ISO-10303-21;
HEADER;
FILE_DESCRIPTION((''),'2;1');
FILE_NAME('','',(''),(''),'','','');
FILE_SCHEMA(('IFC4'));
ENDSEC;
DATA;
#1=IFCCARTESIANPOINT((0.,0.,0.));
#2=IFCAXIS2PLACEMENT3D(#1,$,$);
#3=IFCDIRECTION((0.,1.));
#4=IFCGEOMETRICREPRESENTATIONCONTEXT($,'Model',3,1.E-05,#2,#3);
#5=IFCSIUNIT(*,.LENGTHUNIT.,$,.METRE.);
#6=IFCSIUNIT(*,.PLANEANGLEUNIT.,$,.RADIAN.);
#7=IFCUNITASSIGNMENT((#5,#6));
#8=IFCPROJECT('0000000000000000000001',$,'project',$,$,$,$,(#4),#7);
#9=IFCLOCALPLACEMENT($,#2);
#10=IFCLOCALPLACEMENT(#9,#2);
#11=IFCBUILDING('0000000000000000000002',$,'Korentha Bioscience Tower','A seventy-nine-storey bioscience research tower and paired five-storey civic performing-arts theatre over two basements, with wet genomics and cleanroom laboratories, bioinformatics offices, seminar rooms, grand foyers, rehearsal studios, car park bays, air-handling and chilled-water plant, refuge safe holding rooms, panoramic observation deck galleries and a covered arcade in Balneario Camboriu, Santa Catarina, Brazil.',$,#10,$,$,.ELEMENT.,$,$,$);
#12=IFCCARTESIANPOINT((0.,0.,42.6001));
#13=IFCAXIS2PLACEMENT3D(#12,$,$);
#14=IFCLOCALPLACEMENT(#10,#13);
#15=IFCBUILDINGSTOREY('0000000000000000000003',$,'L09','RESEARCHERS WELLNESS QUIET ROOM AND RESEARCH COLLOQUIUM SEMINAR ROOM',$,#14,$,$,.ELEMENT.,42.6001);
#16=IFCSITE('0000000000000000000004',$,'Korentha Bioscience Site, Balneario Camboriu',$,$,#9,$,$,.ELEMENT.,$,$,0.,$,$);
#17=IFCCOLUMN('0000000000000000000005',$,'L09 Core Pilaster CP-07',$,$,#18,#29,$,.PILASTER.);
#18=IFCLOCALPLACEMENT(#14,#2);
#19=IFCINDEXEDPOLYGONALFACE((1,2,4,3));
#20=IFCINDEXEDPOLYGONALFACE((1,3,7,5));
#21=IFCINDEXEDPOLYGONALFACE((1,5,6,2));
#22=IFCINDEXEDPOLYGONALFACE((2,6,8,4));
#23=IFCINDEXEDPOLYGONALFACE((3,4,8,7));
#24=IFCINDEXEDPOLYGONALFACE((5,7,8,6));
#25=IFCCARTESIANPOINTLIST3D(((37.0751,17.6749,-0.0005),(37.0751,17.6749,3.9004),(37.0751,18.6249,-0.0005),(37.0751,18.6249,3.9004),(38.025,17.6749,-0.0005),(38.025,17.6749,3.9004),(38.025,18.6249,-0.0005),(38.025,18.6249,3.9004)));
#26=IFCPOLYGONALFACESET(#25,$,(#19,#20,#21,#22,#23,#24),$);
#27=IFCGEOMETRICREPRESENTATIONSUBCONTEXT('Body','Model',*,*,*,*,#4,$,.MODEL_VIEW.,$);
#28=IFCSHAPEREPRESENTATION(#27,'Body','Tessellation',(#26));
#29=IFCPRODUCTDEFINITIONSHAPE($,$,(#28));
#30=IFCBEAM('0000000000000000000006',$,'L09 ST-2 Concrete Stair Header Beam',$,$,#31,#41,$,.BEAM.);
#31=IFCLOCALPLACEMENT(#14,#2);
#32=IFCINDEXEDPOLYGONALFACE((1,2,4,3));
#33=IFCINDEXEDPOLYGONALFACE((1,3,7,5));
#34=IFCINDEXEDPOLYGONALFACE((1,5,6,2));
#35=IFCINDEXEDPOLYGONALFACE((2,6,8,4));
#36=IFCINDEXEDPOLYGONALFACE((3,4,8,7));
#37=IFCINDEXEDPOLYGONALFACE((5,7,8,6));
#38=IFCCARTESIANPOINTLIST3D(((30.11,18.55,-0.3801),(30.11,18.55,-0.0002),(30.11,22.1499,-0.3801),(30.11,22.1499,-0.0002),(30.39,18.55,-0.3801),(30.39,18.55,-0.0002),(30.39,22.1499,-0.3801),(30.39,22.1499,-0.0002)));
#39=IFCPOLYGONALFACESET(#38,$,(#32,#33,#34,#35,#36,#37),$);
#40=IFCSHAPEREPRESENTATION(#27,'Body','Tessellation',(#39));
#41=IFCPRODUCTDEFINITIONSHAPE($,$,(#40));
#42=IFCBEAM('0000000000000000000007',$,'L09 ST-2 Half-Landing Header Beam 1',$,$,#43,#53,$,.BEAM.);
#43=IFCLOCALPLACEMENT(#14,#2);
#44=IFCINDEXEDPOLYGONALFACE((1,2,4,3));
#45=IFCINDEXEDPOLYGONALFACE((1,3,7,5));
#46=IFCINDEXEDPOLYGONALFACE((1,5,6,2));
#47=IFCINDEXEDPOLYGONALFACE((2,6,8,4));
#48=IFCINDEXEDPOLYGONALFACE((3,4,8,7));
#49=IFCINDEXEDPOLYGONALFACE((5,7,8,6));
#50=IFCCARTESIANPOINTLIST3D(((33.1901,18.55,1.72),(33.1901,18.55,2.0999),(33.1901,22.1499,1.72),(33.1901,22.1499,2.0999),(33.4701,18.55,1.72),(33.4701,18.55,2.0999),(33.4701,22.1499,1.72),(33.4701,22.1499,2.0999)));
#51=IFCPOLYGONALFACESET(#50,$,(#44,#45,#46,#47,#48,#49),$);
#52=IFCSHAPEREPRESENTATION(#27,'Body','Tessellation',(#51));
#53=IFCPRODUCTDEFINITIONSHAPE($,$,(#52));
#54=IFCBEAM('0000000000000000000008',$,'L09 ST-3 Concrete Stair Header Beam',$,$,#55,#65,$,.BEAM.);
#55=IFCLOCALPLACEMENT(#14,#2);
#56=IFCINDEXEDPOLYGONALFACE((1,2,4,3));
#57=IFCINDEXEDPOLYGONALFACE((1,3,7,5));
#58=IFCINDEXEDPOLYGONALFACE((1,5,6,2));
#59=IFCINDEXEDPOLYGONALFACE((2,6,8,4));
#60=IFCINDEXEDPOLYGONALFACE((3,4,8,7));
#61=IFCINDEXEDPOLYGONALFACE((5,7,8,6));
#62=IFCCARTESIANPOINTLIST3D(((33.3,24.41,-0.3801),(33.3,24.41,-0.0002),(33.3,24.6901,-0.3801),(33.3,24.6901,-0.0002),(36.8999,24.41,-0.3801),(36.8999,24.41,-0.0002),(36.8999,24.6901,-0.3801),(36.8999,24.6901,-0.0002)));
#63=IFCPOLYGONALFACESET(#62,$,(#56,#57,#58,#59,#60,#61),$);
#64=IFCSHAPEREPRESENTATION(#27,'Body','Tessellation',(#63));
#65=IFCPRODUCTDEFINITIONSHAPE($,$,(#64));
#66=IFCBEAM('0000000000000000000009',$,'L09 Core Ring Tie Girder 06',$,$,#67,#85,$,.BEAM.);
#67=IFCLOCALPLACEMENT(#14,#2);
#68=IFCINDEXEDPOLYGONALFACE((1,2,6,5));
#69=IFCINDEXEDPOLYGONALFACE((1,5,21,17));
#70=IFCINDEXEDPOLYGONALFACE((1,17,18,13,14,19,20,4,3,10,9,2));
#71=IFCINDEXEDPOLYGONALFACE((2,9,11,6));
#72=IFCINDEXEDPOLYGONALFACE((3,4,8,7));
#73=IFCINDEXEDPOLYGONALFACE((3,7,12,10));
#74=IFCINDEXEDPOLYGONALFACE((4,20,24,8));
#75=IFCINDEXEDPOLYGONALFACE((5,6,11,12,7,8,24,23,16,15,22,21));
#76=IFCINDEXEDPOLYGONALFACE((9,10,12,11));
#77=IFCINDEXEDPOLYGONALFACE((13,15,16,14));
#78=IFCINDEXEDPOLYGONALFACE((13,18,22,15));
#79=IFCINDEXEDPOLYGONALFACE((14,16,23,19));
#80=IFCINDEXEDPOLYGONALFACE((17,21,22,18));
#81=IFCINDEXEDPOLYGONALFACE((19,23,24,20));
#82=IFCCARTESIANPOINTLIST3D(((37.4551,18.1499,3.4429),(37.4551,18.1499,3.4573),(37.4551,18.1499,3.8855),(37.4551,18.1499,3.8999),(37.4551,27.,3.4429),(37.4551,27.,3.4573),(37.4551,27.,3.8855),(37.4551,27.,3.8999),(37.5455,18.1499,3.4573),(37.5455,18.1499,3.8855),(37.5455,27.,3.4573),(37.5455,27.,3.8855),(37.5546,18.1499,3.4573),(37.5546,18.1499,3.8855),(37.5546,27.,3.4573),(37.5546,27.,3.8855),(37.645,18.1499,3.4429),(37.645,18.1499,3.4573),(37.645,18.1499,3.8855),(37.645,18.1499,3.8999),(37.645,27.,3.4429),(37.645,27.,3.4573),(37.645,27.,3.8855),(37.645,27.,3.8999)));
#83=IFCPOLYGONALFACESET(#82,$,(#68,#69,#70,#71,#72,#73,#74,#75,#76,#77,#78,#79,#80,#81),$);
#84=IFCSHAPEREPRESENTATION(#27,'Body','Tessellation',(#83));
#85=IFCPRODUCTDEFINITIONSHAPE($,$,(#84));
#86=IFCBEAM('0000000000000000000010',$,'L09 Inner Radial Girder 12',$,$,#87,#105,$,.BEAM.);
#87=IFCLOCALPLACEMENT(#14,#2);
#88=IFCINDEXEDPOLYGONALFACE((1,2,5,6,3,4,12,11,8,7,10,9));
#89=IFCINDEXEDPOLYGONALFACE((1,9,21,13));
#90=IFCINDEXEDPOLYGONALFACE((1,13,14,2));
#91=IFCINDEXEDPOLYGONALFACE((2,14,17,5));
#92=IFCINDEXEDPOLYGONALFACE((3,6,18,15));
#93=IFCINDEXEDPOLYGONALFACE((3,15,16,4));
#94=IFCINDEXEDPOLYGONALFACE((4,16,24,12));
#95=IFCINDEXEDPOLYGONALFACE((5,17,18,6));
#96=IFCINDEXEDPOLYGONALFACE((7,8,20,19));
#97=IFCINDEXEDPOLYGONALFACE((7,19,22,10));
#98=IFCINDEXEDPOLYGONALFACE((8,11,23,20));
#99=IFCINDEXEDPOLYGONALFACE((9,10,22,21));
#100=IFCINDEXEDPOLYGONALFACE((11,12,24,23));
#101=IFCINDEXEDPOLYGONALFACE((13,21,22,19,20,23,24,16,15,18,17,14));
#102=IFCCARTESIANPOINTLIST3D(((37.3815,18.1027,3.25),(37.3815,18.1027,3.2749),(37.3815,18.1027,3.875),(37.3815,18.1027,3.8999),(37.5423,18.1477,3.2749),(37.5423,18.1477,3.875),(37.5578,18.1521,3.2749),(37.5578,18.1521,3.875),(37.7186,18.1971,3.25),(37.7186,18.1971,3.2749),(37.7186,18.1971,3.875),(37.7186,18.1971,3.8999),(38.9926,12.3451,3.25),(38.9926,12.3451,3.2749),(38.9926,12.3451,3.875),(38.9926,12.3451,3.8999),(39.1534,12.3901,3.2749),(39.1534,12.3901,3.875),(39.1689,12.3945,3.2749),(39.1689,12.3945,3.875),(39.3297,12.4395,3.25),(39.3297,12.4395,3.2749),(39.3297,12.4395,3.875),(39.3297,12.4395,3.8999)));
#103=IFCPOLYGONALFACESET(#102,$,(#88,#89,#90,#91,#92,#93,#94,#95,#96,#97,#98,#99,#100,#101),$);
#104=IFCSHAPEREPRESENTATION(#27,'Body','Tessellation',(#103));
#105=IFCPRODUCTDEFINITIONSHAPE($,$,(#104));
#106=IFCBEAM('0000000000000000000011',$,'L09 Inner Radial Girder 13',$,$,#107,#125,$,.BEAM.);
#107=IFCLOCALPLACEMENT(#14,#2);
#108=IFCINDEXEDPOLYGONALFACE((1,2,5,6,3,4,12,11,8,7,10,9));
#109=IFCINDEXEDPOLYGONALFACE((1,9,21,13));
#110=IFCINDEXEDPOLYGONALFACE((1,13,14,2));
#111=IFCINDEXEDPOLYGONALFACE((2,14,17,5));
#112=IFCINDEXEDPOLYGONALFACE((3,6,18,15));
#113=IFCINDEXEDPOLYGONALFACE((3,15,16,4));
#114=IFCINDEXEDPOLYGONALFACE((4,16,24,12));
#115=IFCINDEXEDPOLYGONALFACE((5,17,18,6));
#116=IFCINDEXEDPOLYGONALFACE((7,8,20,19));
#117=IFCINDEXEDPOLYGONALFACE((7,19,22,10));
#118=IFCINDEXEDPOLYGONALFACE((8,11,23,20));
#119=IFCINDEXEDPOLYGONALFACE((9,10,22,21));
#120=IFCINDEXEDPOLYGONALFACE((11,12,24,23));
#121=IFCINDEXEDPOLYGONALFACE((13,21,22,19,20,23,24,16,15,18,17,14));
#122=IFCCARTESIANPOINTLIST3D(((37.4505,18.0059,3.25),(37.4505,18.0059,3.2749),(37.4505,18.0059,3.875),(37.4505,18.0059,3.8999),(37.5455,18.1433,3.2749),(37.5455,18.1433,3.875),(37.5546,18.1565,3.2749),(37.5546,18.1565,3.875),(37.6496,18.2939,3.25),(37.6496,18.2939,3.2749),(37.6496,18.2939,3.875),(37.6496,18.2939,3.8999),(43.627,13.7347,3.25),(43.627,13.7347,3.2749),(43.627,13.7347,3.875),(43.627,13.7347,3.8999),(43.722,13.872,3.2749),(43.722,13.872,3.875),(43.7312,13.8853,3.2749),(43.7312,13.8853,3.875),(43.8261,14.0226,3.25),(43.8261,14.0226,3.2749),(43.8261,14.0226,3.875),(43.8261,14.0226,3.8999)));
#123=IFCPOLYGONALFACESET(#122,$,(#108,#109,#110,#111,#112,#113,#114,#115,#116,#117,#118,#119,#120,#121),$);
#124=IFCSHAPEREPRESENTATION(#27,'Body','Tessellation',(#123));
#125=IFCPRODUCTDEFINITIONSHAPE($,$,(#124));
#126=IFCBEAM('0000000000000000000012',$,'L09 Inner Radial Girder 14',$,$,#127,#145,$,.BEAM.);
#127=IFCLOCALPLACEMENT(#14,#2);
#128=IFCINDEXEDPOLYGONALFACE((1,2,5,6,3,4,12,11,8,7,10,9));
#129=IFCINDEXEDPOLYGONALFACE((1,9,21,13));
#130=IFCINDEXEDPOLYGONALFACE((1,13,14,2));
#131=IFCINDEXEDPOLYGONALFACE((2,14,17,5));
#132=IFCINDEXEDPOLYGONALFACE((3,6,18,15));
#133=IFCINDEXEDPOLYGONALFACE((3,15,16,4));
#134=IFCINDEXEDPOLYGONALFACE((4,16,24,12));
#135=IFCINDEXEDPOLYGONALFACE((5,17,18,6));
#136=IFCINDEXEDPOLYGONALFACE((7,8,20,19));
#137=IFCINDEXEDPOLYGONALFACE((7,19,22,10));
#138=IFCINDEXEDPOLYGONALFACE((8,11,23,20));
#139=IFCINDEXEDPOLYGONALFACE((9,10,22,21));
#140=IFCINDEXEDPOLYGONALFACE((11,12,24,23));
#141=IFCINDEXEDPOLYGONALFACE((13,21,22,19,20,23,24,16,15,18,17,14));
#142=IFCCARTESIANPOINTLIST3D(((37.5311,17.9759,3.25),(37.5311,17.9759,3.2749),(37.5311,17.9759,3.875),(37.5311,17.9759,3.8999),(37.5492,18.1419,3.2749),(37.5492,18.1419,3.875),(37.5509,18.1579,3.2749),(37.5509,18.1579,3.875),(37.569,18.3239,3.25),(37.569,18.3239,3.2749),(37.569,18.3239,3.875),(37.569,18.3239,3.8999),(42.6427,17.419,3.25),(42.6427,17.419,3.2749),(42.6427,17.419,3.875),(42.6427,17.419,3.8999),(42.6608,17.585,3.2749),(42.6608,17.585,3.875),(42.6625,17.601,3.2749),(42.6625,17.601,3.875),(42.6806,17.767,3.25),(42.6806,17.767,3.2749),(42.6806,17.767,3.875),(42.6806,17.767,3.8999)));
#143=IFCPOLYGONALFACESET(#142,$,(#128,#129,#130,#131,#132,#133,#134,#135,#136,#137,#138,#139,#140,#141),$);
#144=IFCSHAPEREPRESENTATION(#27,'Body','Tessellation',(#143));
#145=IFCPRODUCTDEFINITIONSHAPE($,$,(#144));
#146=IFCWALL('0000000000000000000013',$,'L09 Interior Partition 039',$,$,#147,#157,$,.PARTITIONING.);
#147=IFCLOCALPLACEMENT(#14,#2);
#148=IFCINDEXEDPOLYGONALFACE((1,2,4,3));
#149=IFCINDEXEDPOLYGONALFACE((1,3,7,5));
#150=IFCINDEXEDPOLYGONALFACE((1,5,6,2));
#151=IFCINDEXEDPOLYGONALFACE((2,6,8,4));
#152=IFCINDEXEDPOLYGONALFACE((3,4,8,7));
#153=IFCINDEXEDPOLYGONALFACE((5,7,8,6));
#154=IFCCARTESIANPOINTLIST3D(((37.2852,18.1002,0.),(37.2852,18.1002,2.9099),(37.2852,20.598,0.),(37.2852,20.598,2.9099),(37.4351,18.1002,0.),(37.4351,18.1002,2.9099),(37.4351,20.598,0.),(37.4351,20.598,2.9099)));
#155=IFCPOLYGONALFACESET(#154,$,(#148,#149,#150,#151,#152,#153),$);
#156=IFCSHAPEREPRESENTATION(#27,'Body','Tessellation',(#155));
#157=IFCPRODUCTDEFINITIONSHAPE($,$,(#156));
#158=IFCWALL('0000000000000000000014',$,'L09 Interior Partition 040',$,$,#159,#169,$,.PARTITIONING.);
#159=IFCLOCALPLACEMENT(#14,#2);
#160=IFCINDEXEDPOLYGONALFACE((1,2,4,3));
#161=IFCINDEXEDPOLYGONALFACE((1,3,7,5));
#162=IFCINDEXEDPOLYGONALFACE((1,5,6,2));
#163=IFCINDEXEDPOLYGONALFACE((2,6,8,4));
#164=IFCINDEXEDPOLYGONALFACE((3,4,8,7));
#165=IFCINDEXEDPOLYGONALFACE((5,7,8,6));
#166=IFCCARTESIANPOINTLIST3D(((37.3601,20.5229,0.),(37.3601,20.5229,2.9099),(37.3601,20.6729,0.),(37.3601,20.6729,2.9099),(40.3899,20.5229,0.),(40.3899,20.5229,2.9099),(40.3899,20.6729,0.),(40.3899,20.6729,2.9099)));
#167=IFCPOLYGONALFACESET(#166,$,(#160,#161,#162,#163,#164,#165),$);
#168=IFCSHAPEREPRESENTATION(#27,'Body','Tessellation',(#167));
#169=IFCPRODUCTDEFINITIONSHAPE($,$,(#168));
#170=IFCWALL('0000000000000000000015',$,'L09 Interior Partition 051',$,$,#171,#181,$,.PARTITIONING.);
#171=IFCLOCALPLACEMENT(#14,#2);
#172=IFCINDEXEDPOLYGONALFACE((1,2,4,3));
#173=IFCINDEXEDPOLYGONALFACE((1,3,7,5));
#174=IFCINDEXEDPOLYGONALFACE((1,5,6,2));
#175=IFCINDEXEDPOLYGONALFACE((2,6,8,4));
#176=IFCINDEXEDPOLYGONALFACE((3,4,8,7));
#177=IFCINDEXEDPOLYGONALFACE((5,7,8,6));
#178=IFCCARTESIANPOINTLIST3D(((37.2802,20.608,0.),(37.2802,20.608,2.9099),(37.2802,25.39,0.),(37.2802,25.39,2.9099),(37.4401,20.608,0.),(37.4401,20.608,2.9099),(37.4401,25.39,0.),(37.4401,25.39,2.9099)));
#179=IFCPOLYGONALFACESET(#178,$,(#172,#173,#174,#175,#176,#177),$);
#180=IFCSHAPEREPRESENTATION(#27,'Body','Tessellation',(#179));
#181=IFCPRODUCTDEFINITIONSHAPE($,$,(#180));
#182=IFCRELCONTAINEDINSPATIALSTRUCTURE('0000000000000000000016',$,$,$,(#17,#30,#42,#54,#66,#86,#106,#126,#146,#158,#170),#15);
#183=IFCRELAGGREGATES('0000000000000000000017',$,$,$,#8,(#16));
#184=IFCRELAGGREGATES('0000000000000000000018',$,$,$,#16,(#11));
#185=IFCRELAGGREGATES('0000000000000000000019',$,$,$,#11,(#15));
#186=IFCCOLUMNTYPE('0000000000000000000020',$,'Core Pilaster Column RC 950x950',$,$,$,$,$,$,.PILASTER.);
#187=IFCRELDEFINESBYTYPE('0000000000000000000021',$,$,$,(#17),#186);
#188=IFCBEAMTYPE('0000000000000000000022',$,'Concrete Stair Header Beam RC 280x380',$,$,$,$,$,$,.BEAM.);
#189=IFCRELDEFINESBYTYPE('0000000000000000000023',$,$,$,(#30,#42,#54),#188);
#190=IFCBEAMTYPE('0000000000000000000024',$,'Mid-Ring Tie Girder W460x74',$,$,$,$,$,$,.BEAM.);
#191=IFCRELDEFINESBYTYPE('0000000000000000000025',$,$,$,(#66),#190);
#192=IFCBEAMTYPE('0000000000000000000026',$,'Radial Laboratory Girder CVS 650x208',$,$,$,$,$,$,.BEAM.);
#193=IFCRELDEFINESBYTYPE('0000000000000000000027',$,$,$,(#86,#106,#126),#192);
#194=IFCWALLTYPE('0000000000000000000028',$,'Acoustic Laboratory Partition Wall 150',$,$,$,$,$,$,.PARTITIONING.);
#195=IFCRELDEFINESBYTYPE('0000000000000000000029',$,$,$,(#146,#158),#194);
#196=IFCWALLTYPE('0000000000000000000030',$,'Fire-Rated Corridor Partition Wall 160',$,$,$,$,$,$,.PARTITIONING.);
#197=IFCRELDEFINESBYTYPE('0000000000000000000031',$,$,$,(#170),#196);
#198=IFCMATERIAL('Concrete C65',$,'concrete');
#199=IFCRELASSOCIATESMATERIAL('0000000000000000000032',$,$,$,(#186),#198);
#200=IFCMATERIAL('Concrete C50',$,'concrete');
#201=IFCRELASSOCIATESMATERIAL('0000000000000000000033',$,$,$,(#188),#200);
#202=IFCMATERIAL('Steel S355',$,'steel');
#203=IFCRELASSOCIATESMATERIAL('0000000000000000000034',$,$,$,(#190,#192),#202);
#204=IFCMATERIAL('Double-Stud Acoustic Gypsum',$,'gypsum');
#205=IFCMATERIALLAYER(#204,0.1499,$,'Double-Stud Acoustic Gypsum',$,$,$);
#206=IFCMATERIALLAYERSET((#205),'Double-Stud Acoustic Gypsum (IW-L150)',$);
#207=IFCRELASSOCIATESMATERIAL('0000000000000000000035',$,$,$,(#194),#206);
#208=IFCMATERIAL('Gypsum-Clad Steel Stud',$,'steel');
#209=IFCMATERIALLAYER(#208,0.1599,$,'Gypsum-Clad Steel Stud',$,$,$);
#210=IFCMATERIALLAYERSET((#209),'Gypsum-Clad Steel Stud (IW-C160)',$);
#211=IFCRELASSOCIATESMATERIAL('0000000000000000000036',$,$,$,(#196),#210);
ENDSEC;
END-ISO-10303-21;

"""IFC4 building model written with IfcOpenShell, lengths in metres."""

from ifc_helpers import new_model, si_unit, direction, frame, frame_2d, origin, origin_2d, place, context, subcontext, project, spatial, rectangle, i_section, extrude, material, layer, layer_set, material_profile, profile_set, type_object, element, save


model = new_model("IFC4")

# Units and contexts
model_context = context("Model", 3, precision=1e-05, world=origin(), true_north=direction((0.0, 1.0)))
body_context = subcontext(model_context, "Body", "Model", "MODEL_VIEW")
ifc_project = project(units=[si_unit("LENGTHUNIT", "METRE"), si_unit("PLANEANGLEUNIT", "RADIAN")], contexts=[model_context])

# Site, building, storey
site_placement = place(None, origin())
site = spatial("IfcSite", under=ifc_project, at=site_placement, Name="Korentha Bioscience Site, Balneario Camboriu", CompositionType="ELEMENT", RefElevation=0.0)
building_placement = place(site_placement, origin())
building = spatial("IfcBuilding", under=site, at=building_placement, Name="Korentha Bioscience Tower", Description="A seventy-nine-storey bioscience research tower and paired five-storey civic performing-arts theatre over two basements, with wet genomics and cleanroom laboratories, bioinformatics offices, seminar rooms, grand foyers, rehearsal studios, car park bays, air-handling and chilled-water plant, refuge safe holding rooms, panoramic observation deck galleries and a covered arcade in Balneario Camboriu, Santa Catarina, Brazil.", CompositionType="ELEMENT")
storey_placement = place(building_placement, frame((0.0, 0.0, 42.6001)))
storey = spatial("IfcBuildingStorey", under=building, at=storey_placement, Name="L09", Description="RESEARCHERS WELLNESS QUIET ROOM AND RESEARCH COLLOQUIUM SEMINAR ROOM", CompositionType="ELEMENT", Elevation=42.6001)

# Column
ifc_material_1 = material(Name="Concrete C65", Category="concrete")
ifc_material_profile_1 = material_profile(ifc_material_1, rectangle(XDim=0.95, YDim=0.95, at=origin_2d()), Name="Concrete C65")
ifc_profile_set_1 = profile_set([ifc_material_profile_1], Name="Concrete C65 (COL-CP09)")
column_type = type_object("IfcColumnType", Name="Core Pilaster Column RC 950x950", PredefinedType="PILASTER", material=ifc_profile_set_1)
column_placement = place(storey_placement, frame((37.55, 18.1499, -0.0005), z_axis=(0.0, 0.0, 1.0), x_axis=(1.0, 0.0, 0.0)))
element("IfcColumn", 1, at=column_placement, inside=storey, type_object=column_type, Name="L09 Core Pilaster CP-07", PredefinedType="PILASTER", context=body_context, shape_type="SweptSolid", body=[
    extrude(rectangle(XDim=0.95, YDim=0.95, at=origin_2d()), origin(), (0.0, 0.0, 1.0), 3.9009),
])

# Beams
ifc_material_2 = material(Name="Concrete C50", Category="concrete")
ifc_material_profile_2 = material_profile(ifc_material_2, rectangle(XDim=0.28, YDim=0.3799, at=origin_2d()), Name="Concrete C50")
ifc_profile_set_2 = profile_set([ifc_material_profile_2], Name="Concrete C50 (ST-HB380)")
beam_type_1 = type_object("IfcBeamType", Name="Concrete Stair Header Beam RC 280x380", PredefinedType="BEAM", material=ifc_profile_set_2)
for number, where, z_axis, x_axis, name in (
    (2, (30.25, 18.55, -0.1902), (0.0, 1.0, 0.0), (-1.0, 0.0, 0.0), "L09 ST-2 Concrete Stair Header Beam"),
    (3, (33.3301, 18.55, 1.9099), (0.0, 1.0, 0.0), (-1.0, 0.0, 0.0), "L09 ST-2 Half-Landing Header Beam 1"),
    (4, (36.8999, 24.55, -0.1902), (-1.0, 0.0, 0.0), (0.0, -1.0, 0.0), "L09 ST-3 Concrete Stair Header Beam"),
):
    element("IfcBeam", number, at=place(storey_placement, frame(where, z_axis=z_axis, x_axis=x_axis)), inside=storey, type_object=beam_type_1, Name=name, PredefinedType="BEAM", context=body_context, shape_type="SweptSolid", body=[
        extrude(rectangle(XDim=0.28, YDim=0.3799, at=origin_2d()), origin(), (0.0, 0.0, 1.0), 3.5999),
    ])
ifc_material_3 = material(Name="Steel S355", Category="steel")
ifc_material_profile_3 = material_profile(ifc_material_3, i_section(OverallWidth=0.1899, OverallDepth=0.457, WebThickness=0.009, FlangeThickness=0.0144, at=origin_2d()), Name="Steel S355")
ifc_profile_set_3 = profile_set([ifc_material_profile_3], Name="Steel S355 (MB-460)")
beam_type_2 = type_object("IfcBeamType", Name="Mid-Ring Tie Girder W460x74", PredefinedType="BEAM", material=ifc_profile_set_3)
beam_1_placement = place(storey_placement, frame((37.55, 18.1499, 3.6714), z_axis=(0.0, 1.0, 0.0), x_axis=(-1.0, 0.0, 0.0)))
element("IfcBeam", 5, at=beam_1_placement, inside=storey, type_object=beam_type_2, Name="L09 Core Ring Tie Girder 06", PredefinedType="BEAM", context=body_context, shape_type="SweptSolid", body=[
    extrude(i_section(OverallWidth=0.1899, OverallDepth=0.457, WebThickness=0.009, FlangeThickness=0.0144, at=origin_2d()), origin(), (0.0, 0.0, 1.0), 8.8501),
])
ifc_material_profile_4 = material_profile(ifc_material_3, i_section(OverallWidth=0.3501, OverallDepth=0.6499, WebThickness=0.0161, FlangeThickness=0.0249, at=origin_2d()), Name="Steel S355")
ifc_profile_set_4 = profile_set([ifc_material_profile_4], Name="Steel S355 (RB-650)")
beam_type_3 = type_object("IfcBeamType", Name="Radial Laboratory Girder CVS 650x208", PredefinedType="BEAM", material=ifc_profile_set_4)
beam_2_placement = place(storey_placement, frame((37.55, 18.1499, 3.575), z_axis=(0.269469, -0.963009, 0.0), x_axis=(0.963009, 0.269469, 0.0)))
element("IfcBeam", 6, at=beam_2_placement, inside=storey, type_object=beam_type_3, Name="L09 Inner Radial Girder 12", PredefinedType="BEAM", context=body_context, shape_type="SweptSolid", body=[
    extrude(i_section(OverallWidth=0.3501, OverallDepth=0.6499, WebThickness=0.0161, FlangeThickness=0.0249, at=origin_2d()), origin(), (0.0, 0.0, 1.0), 5.9788),
])
beam_3_placement = place(storey_placement, frame((37.55, 18.1499, 3.575), z_axis=(0.822492, -0.568777, 0.0), x_axis=(0.568777, 0.822492, 0.0)))
element("IfcBeam", 7, at=beam_3_placement, inside=storey, type_object=beam_type_3, Name="L09 Inner Radial Girder 13", PredefinedType="BEAM", context=body_context, shape_type="SweptSolid", body=[
    extrude(i_section(OverallWidth=0.3501, OverallDepth=0.6499, WebThickness=0.0161, FlangeThickness=0.0249, at=origin_2d()), origin(), (0.0, 0.0, 1.0), 7.5095),
])
beam_4_placement = place(storey_placement, frame((37.55, 18.1499, 3.575), z_axis=(0.994118, -0.108305, 0.0), x_axis=(0.108305, 0.994118, 0.0)))
element("IfcBeam", 8, at=beam_4_placement, inside=storey, type_object=beam_type_3, Name="L09 Inner Radial Girder 14", PredefinedType="BEAM", context=body_context, shape_type="SweptSolid", body=[
    extrude(i_section(OverallWidth=0.3501, OverallDepth=0.6499, WebThickness=0.0161, FlangeThickness=0.0249, at=origin_2d()), origin(), (0.0, 0.0, 1.0), 5.1418),
])

# Walls
ifc_material_4 = material(Name="Double-Stud Acoustic Gypsum", Category="gypsum")
ifc_layer_1 = layer(ifc_material_4, 0.1499, Name="Double-Stud Acoustic Gypsum")
ifc_layer_set_1 = layer_set([ifc_layer_1], Name="Double-Stud Acoustic Gypsum (IW-L150)")
wall_type_1 = type_object("IfcWallType", Name="Acoustic Laboratory Partition Wall 150", PredefinedType="PARTITIONING", material=ifc_layer_set_1)
wall_1_placement = place(storey_placement, frame((37.3601, 18.1001, 0.0), z_axis=(0.0, 0.0, 1.0), x_axis=(0.0, 1.0, 0.0)))
element("IfcWall", 9, at=wall_1_placement, inside=storey, type_object=wall_type_1, Name="L09 Interior Partition 039", PredefinedType="PARTITIONING", context=body_context, shape_type="SweptSolid", body=[
    extrude(rectangle(XDim=2.4978, YDim=0.1499, at=frame_2d((1.249, 0.0))), origin(), (0.0, 0.0, 1.0), 2.9099),
])
wall_2_placement = place(storey_placement, frame((37.3601, 20.5979, 0.0), z_axis=(0.0, 0.0, 1.0), x_axis=(1.0, 0.0, 0.0)))
element("IfcWall", 10, at=wall_2_placement, inside=storey, type_object=wall_type_1, Name="L09 Interior Partition 040", PredefinedType="PARTITIONING", context=body_context, shape_type="SweptSolid", body=[
    extrude(rectangle(XDim=3.0298, YDim=0.1499, at=frame_2d((1.5149, 0.0))), origin(), (0.0, 0.0, 1.0), 2.9099),
])
ifc_material_5 = material(Name="Gypsum-Clad Steel Stud", Category="steel")
ifc_layer_2 = layer(ifc_material_5, 0.1599, Name="Gypsum-Clad Steel Stud")
ifc_layer_set_2 = layer_set([ifc_layer_2], Name="Gypsum-Clad Steel Stud (IW-C160)")
wall_type_2 = type_object("IfcWallType", Name="Fire-Rated Corridor Partition Wall 160", PredefinedType="PARTITIONING", material=ifc_layer_set_2)
wall_3_placement = place(storey_placement, frame((37.3601, 20.6079, 0.0), z_axis=(0.0, 0.0, 1.0), x_axis=(0.0, 1.0, 0.0)))
element("IfcWall", 11, at=wall_3_placement, inside=storey, type_object=wall_type_2, Name="L09 Interior Partition 051", PredefinedType="PARTITIONING", context=body_context, shape_type="SweptSolid", body=[
    extrude(rectangle(XDim=4.782, YDim=0.1599, at=frame_2d((2.3911, 0.0))), origin(), (0.0, 0.0, 1.0), 2.9099),
])

save(model, "model.ifc")
